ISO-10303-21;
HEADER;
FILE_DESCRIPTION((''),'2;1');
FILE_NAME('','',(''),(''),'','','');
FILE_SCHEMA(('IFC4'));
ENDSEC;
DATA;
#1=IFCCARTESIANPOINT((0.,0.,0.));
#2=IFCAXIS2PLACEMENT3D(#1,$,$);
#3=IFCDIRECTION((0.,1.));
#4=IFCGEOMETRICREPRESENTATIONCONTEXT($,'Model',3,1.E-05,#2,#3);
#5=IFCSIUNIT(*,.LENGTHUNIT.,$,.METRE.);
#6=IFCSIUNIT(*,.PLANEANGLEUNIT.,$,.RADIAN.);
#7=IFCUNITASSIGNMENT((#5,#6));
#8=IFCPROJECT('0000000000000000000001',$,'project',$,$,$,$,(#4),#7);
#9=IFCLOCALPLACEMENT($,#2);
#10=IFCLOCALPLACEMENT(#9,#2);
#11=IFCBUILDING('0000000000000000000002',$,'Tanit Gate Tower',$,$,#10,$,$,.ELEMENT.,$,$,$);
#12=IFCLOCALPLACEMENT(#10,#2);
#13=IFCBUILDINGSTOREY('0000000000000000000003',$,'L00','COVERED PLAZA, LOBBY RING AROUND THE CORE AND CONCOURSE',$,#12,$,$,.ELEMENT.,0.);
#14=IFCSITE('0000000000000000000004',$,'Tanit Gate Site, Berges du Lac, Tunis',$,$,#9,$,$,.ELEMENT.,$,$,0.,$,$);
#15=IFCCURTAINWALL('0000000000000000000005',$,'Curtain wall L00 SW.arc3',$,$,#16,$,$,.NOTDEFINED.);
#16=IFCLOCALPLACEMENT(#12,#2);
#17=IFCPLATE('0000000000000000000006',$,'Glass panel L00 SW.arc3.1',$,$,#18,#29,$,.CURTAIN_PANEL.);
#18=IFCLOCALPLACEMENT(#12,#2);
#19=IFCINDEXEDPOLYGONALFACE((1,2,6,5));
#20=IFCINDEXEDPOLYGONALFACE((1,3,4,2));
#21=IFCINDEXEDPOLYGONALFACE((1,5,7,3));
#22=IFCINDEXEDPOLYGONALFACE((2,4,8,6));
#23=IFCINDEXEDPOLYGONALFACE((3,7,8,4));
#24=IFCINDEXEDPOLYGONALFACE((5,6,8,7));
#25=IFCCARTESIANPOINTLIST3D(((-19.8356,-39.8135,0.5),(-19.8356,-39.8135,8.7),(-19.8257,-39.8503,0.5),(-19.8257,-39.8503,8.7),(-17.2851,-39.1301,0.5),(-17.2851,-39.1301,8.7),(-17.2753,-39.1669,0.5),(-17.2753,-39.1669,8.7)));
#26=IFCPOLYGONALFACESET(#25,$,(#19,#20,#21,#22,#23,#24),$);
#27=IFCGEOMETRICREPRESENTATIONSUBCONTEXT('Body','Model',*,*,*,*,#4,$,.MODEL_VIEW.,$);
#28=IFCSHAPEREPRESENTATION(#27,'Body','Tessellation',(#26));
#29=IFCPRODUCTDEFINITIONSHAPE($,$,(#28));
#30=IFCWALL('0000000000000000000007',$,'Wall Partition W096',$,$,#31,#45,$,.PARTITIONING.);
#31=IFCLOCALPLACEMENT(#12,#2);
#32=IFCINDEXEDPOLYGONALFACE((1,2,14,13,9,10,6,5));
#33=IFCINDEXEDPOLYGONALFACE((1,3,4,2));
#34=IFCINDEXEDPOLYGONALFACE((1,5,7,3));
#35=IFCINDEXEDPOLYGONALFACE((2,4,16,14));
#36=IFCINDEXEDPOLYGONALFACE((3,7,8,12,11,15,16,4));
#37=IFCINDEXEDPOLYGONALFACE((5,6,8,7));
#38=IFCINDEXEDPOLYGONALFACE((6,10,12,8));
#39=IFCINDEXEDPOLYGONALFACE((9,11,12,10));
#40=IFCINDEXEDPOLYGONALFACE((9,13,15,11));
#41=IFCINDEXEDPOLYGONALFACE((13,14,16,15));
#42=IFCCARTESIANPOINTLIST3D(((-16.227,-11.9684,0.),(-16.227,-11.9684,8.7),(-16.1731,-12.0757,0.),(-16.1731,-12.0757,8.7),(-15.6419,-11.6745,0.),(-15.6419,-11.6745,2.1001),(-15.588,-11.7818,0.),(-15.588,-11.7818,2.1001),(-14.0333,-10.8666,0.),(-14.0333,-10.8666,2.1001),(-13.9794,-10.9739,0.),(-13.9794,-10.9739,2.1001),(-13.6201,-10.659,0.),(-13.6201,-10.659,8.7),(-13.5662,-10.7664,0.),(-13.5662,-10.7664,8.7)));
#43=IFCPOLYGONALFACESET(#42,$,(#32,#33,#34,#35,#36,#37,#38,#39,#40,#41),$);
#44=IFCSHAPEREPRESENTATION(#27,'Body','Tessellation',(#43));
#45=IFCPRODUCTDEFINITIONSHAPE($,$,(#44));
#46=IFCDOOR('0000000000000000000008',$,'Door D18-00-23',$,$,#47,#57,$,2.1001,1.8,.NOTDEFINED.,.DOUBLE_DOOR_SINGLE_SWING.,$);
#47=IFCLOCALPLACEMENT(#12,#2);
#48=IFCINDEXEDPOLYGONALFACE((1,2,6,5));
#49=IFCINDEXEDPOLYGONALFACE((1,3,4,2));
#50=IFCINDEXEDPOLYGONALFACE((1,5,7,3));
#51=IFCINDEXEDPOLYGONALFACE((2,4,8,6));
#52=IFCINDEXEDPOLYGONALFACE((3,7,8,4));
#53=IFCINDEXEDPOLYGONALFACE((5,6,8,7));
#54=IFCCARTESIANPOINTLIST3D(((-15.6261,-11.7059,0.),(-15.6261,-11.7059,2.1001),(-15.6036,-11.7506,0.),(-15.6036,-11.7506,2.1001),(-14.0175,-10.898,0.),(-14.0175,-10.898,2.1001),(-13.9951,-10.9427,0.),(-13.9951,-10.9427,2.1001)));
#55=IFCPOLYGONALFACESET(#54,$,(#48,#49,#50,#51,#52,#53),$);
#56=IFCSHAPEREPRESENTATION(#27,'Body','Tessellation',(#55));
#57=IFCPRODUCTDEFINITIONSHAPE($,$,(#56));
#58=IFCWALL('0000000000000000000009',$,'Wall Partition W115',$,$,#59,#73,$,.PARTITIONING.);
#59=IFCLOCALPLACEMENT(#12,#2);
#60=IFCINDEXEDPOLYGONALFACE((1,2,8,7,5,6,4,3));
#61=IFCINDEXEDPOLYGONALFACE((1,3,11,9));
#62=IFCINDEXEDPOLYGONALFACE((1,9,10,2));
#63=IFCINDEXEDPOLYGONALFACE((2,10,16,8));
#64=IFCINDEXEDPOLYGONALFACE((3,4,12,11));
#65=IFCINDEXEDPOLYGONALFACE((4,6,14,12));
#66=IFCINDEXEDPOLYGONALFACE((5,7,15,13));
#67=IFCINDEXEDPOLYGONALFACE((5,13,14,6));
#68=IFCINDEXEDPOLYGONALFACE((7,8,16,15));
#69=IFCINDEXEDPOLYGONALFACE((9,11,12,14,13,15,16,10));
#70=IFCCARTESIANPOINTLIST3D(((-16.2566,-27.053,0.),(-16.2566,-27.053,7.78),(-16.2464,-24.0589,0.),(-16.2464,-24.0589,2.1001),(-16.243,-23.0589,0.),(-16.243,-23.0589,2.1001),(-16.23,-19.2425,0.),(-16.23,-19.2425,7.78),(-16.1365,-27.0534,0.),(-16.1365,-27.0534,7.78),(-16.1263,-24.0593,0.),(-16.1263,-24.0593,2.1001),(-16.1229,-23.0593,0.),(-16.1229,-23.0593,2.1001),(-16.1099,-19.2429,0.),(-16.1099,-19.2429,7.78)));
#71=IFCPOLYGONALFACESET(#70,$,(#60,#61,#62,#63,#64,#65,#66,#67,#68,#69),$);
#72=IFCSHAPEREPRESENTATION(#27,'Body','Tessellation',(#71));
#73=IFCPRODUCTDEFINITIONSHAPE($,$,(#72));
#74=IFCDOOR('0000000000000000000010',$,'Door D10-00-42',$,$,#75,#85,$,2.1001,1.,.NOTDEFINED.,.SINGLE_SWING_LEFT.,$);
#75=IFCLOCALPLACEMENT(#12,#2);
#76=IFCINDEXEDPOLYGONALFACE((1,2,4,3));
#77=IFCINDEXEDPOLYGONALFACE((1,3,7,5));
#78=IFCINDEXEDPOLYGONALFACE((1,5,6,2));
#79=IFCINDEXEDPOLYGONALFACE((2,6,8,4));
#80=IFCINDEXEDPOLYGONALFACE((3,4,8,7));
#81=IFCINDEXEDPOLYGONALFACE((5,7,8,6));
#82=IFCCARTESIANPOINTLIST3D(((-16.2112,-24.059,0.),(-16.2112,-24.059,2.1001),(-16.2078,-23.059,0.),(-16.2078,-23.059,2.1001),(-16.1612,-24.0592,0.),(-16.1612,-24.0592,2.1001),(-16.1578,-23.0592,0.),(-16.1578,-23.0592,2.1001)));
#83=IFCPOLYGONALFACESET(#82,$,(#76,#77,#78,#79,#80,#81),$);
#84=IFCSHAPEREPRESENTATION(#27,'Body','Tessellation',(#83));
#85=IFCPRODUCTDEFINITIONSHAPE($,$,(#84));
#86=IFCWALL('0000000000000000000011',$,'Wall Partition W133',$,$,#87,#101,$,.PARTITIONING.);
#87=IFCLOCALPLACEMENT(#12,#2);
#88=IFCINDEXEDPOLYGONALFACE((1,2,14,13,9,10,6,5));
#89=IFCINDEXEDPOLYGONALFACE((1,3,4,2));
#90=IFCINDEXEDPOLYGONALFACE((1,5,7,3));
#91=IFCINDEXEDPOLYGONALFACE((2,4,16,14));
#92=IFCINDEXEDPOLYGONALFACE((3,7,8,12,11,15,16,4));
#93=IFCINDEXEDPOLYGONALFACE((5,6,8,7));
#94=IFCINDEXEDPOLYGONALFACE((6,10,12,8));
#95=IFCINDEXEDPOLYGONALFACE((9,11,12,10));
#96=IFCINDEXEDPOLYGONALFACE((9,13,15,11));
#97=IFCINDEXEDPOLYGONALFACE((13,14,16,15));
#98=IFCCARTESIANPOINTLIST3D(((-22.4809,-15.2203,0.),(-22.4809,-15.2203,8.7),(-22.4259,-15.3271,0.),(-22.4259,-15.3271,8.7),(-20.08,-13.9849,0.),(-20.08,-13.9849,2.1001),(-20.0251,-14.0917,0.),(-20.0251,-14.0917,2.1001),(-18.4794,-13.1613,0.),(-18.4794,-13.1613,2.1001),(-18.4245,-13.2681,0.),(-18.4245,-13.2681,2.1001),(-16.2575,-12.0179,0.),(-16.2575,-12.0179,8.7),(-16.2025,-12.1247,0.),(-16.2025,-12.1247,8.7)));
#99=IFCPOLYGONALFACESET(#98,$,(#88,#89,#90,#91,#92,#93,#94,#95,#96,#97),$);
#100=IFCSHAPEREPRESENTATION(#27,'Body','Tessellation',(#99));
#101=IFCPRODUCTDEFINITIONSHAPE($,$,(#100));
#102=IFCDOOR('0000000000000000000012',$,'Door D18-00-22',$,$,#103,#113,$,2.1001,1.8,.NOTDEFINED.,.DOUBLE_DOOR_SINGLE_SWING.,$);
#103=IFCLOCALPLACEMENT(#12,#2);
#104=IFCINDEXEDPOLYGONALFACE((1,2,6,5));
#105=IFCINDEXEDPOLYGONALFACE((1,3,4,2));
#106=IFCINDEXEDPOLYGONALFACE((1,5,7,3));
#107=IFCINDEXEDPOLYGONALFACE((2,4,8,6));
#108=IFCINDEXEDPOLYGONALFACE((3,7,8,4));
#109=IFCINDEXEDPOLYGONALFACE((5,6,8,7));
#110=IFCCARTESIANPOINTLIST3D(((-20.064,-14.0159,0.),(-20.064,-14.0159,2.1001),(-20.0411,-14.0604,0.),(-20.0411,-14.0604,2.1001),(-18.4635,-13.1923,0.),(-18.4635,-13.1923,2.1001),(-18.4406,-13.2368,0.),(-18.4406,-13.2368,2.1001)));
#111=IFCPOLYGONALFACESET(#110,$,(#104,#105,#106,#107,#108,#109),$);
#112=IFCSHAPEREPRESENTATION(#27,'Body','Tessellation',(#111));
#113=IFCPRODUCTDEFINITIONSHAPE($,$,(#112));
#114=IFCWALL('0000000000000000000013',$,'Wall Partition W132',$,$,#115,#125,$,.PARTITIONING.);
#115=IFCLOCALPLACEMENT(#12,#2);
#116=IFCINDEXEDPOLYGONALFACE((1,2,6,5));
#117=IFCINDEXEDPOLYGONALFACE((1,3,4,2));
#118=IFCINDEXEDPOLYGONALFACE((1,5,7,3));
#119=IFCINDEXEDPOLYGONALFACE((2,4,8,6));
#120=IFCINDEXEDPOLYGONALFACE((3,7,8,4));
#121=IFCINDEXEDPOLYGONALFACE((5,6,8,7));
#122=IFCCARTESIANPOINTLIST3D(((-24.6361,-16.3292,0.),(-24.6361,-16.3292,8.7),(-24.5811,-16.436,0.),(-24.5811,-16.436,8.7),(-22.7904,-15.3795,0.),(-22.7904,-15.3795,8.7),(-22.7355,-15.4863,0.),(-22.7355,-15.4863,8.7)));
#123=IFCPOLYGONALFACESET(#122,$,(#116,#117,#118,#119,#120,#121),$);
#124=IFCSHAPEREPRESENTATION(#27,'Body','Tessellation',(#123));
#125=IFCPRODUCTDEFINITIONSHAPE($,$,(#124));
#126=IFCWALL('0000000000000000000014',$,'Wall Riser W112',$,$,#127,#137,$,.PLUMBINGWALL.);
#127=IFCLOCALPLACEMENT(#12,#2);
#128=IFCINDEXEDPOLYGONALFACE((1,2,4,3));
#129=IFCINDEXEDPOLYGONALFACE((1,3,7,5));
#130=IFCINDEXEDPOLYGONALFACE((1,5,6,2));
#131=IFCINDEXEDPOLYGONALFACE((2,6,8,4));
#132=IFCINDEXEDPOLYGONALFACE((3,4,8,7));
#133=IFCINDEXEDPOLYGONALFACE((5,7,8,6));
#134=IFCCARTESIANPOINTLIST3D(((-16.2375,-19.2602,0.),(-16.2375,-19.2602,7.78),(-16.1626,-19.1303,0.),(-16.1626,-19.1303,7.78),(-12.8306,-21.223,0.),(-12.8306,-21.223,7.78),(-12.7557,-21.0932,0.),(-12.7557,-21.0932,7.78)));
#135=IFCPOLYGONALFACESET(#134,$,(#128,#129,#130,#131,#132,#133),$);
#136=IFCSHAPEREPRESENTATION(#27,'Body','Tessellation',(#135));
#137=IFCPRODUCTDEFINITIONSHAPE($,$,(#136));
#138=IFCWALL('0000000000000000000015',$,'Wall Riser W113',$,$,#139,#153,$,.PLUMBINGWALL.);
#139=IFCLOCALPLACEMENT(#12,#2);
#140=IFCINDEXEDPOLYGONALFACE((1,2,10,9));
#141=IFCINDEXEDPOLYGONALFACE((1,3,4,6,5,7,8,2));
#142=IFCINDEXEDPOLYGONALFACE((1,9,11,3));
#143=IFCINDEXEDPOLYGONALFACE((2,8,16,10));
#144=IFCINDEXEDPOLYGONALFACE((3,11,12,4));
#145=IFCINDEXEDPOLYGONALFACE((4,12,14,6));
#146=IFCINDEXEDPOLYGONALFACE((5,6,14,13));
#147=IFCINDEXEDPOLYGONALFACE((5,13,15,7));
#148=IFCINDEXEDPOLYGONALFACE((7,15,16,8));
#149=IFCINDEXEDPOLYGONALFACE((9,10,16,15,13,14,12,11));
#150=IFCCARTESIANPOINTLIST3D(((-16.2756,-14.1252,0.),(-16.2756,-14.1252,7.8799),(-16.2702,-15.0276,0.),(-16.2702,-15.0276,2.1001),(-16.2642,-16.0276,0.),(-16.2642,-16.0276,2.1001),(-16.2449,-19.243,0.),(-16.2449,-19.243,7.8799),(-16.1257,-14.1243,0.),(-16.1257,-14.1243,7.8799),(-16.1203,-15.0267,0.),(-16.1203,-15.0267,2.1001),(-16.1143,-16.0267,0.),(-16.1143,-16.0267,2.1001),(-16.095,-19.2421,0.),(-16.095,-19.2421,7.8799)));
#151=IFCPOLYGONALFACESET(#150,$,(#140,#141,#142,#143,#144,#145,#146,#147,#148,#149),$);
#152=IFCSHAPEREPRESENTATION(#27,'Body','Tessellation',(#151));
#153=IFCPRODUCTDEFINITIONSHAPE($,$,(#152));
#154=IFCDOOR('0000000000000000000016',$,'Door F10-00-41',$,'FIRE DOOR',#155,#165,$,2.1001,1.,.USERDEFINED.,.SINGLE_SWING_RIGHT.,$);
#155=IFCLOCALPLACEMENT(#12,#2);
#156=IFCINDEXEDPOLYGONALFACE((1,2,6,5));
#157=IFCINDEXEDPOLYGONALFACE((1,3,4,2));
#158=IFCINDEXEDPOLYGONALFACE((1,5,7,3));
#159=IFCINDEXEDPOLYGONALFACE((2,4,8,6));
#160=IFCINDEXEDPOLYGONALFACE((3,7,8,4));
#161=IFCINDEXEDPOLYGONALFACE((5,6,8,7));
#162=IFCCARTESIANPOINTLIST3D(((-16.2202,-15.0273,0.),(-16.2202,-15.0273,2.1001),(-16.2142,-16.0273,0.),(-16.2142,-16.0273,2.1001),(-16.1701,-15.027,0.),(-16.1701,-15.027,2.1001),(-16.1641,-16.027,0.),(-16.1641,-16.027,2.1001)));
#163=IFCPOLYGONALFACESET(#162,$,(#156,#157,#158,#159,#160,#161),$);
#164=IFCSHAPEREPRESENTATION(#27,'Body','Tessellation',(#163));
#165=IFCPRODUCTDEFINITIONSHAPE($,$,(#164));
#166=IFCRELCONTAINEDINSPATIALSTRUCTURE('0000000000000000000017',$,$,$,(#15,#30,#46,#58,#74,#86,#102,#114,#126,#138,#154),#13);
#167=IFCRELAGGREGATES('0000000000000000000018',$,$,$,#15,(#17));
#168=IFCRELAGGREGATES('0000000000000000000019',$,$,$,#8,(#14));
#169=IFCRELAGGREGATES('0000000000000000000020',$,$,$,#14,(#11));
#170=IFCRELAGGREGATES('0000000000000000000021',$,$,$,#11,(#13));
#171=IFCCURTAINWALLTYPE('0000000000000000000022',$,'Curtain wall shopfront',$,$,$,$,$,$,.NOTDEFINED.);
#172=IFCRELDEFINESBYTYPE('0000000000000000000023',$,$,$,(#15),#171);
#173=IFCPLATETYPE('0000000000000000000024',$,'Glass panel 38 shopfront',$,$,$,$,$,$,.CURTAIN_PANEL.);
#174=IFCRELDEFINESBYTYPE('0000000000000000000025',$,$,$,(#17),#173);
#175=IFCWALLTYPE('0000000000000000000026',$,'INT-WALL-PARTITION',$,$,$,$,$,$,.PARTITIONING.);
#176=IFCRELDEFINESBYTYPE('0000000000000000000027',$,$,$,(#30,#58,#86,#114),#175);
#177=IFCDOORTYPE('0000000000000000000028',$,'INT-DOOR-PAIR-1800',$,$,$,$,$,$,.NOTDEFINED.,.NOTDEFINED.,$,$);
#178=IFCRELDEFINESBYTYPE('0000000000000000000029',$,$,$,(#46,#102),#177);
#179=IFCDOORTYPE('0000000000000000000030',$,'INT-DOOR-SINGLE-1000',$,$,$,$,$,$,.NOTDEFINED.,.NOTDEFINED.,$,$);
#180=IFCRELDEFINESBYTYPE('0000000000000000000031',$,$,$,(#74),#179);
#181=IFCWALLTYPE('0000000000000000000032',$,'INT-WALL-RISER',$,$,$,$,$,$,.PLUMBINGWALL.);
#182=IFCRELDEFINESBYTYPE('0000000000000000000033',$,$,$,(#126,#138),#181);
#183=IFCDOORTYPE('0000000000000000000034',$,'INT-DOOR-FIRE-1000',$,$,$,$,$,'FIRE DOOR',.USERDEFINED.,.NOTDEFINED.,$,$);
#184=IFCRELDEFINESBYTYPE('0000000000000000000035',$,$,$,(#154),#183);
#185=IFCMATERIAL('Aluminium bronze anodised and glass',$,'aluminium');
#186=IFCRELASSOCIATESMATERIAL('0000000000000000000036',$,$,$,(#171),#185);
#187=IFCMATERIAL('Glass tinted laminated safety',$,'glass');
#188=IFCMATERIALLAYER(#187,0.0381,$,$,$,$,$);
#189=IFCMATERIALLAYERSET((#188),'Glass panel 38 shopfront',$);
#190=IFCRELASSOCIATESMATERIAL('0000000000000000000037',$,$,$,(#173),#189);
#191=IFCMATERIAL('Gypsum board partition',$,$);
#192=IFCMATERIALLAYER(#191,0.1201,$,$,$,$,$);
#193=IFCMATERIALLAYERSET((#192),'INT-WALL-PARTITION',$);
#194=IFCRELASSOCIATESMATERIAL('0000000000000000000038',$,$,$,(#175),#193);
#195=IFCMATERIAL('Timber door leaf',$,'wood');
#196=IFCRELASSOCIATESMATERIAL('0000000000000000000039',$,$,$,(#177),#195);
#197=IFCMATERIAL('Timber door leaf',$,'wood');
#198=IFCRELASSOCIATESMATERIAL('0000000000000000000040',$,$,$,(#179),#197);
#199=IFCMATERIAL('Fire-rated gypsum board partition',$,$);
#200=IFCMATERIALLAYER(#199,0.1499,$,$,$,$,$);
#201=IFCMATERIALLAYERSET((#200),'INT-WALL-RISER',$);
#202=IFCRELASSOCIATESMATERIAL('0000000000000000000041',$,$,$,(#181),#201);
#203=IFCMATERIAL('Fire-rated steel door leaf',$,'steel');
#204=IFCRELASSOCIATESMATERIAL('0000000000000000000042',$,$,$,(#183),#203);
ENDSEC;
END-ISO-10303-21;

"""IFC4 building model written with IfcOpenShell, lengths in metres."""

from ifc_helpers import new_model, si_unit, direction, frame, frame_2d, origin, origin_2d, place, context, subcontext, project, spatial, rectangle, extrude, material, layer, layer_set, type_object, element, fill, aggregate, save


model = new_model("IFC4")

# Units and contexts
model_context = context("Model", 3, precision=1e-05, world=origin(), true_north=direction((0.0, 1.0)))
body_context = subcontext(model_context, "Body", "Model", "MODEL_VIEW")
ifc_project = project(units=[si_unit("LENGTHUNIT", "METRE"), si_unit("PLANEANGLEUNIT", "RADIAN")], contexts=[model_context])

# Site, building, storey
site_placement = place(None, origin())
site = spatial("IfcSite", under=ifc_project, at=site_placement, Name="Tanit Gate Site, Berges du Lac, Tunis", CompositionType="ELEMENT", RefElevation=0.0)
building_placement = place(site_placement, origin())
building = spatial("IfcBuilding", under=site, at=building_placement, Name="Tanit Gate Tower", CompositionType="ELEMENT")
storey_placement = place(building_placement, origin())
storey = spatial("IfcBuildingStorey", under=building, at=storey_placement, Name="L00", Description="COVERED PLAZA, LOBBY RING AROUND THE CORE AND CONCOURSE", CompositionType="ELEMENT", Elevation=0.0)

# Shared definitions
ifc_material_1 = material(Name="Aluminium bronze anodised and glass", Category="aluminium")
curtain_wall_type = type_object("IfcCurtainWallType", Name="Curtain wall shopfront", PredefinedType="NOTDEFINED", material=ifc_material_1)

# Curtain wall
curtain_wall_1_placement = place(storey_placement, origin())
curtain_wall_1 = element("IfcCurtainWall", 1, at=curtain_wall_1_placement, inside=storey, type_object=curtain_wall_type, Name="Curtain wall L00 SW.arc3", PredefinedType="NOTDEFINED")

# Plate
ifc_material_2 = material(Name="Glass tinted laminated safety", Category="glass")
ifc_layer_1 = layer(ifc_material_2, 0.0381)
ifc_layer_set_1 = layer_set([ifc_layer_1], Name="Glass panel 38 shopfront")
plate_type = type_object("IfcPlateType", Name="Glass panel 38 shopfront", PredefinedType="CURTAIN_PANEL", material=ifc_layer_set_1)
plate_1_placement = place(storey_placement, frame((-18.5554, -39.4902, 0.5), z_axis=(0.0, 0.0, 1.0), x_axis=(0.965926, 0.258819, 0.0)))
plate_1 = element("IfcPlate", 2, at=plate_1_placement, type_object=plate_type, Name="Glass panel L00 SW.arc3.1", PredefinedType="CURTAIN_PANEL", context=body_context, shape_type="SweptSolid", body=[
    extrude(rectangle(XDim=2.6404, YDim=0.0381, at=origin_2d()), origin(), (0.0, 0.0, 1.0), 8.2),
])
aggregate(curtain_wall_1, [plate_1])

# Walls, openings, doors
ifc_material_3 = material(Name="Gypsum board partition")
ifc_layer_2 = layer(ifc_material_3, 0.1201)
ifc_layer_set_2 = layer_set([ifc_layer_2], Name="INT-WALL-PARTITION")
wall_type_1 = type_object("IfcWallType", Name="INT-WALL-PARTITION", PredefinedType="PARTITIONING", material=ifc_layer_set_2)
wall_1_placement = place(storey_placement, frame((-16.2, -12.022, 0.0), z_axis=(0.0, 0.0, 1.0), x_axis=(0.893622, 0.44882, 0.0)))
wall_1 = element("IfcWall", 3, at=wall_1_placement, inside=storey, type_object=wall_type_1, Name="Wall Partition W096", PredefinedType="PARTITIONING", context=body_context, shape_type="SweptSolid", body=[
    extrude(rectangle(XDim=2.9172, YDim=0.1201, at=frame_2d((1.4585, 0.0))), origin(), (0.0, 0.0, 1.0), 8.7),
])
opening_1_placement = place(wall_1_placement, frame((0.6548, 0.0, 0.0)))
opening_1 = element("IfcOpeningElement", 4, at=opening_1_placement, cuts=wall_1, PredefinedType="OPENING", context=body_context, shape_type="SweptSolid", body=[
    extrude(rectangle(XDim=1.8, YDim=2.1001, at=frame_2d((0.8999, 1.05))), frame((0.0, 0.0701, 0.0), z_axis=(0.0, -1.0, 0.0), x_axis=(1.0, 0.0, 0.0)), (0.0, 0.0, 1.0), 0.1401),
])
ifc_material_4 = material(Name="Timber door leaf", Category="wood")
door_type_1 = type_object("IfcDoorType", Name="INT-DOOR-PAIR-1800", OperationType="NOTDEFINED", PredefinedType="NOTDEFINED", material=ifc_material_4)
door_1_placement = place(opening_1_placement, origin())
door_1 = element("IfcDoor", 5, at=door_1_placement, inside=storey, type_object=door_type_1, Name="Door D18-00-23", OperationType="DOUBLE_DOOR_SINGLE_SWING", OverallHeight=2.1001, OverallWidth=1.8, PredefinedType="NOTDEFINED", context=body_context, shape_type="SweptSolid", body=[
    extrude(rectangle(XDim=1.8, YDim=2.1001, at=frame_2d((0.8999, 1.05))), frame((0.0, 0.0249, 0.0), z_axis=(0.0, -1.0, 0.0), x_axis=(1.0, 0.0, 0.0)), (0.0, 0.0, 1.0), 0.05),
])
fill(opening_1, door_1)
wall_2_placement = place(storey_placement, frame((-16.1965, -27.0532, 0.0), z_axis=(0.0, 0.0, 1.0), x_axis=(0.003407, 0.999994, 0.0)))
wall_2 = element("IfcWall", 6, at=wall_2_placement, inside=storey, type_object=wall_type_1, Name="Wall Partition W115", PredefinedType="PARTITIONING", context=body_context, shape_type="SweptSolid", body=[
    extrude(rectangle(XDim=7.8105, YDim=0.1201, at=frame_2d((3.9053, 0.0))), origin(), (0.0, 0.0, 1.0), 7.78),
])
opening_2_placement = place(wall_2_placement, frame((2.9941, 0.0, 0.0)))
opening_2 = element("IfcOpeningElement", 7, at=opening_2_placement, cuts=wall_2, PredefinedType="OPENING", context=body_context, shape_type="SweptSolid", body=[
    extrude(rectangle(XDim=1.0, YDim=2.1001, at=frame_2d((0.5, 1.05))), frame((0.0, 0.0701, 0.0), z_axis=(0.0, -1.0, 0.0), x_axis=(1.0, 0.0, 0.0)), (0.0, 0.0, 1.0), 0.1401),
])
ifc_material_5 = material(Name="Timber door leaf", Category="wood")
door_type_2 = type_object("IfcDoorType", Name="INT-DOOR-SINGLE-1000", OperationType="NOTDEFINED", PredefinedType="NOTDEFINED", material=ifc_material_5)
door_2_placement = place(opening_2_placement, origin())
door_2 = element("IfcDoor", 8, at=door_2_placement, inside=storey, type_object=door_type_2, Name="Door D10-00-42", OperationType="SINGLE_SWING_LEFT", OverallHeight=2.1001, OverallWidth=1.0, PredefinedType="NOTDEFINED", context=body_context, shape_type="SweptSolid", body=[
    extrude(rectangle(XDim=1.0, YDim=2.1001, at=frame_2d((0.5, 1.05))), frame((0.0, 0.0249, 0.0), z_axis=(0.0, -1.0, 0.0), x_axis=(1.0, 0.0, 0.0)), (0.0, 0.0, 1.0), 0.05),
])
fill(opening_2, door_2)
wall_3_placement = place(storey_placement, frame((-16.23, -12.0713, 0.0), z_axis=(0.0, 0.0, 1.0), x_axis=(-0.889184, -0.457551, 0.0)))
wall_3 = element("IfcWall", 9, at=wall_3_placement, inside=storey, type_object=wall_type_1, Name="Wall Partition W133", PredefinedType="PARTITIONING", context=body_context, shape_type="SweptSolid", body=[
    extrude(rectangle(XDim=6.999, YDim=0.1201, at=frame_2d((3.4995, 0.0))), origin(), (0.0, 0.0, 1.0), 8.7),
])
opening_3_placement = place(wall_3_placement, frame((2.499, 0.0, 0.0)))
opening_3 = element("IfcOpeningElement", 10, at=opening_3_placement, cuts=wall_3, PredefinedType="OPENING", context=body_context, shape_type="SweptSolid", body=[
    extrude(rectangle(XDim=1.8, YDim=2.1001, at=frame_2d((0.8999, 1.05))), frame((0.0, 0.0701, 0.0), z_axis=(0.0, -1.0, 0.0), x_axis=(1.0, 0.0, 0.0)), (0.0, 0.0, 1.0), 0.1401),
])
door_3_placement = place(opening_3_placement, origin())
door_3 = element("IfcDoor", 11, at=door_3_placement, inside=storey, type_object=door_type_1, Name="Door D18-00-22", OperationType="DOUBLE_DOOR_SINGLE_SWING", OverallHeight=2.1001, OverallWidth=1.8, PredefinedType="NOTDEFINED", context=body_context, shape_type="SweptSolid", body=[
    extrude(rectangle(XDim=1.8, YDim=2.1001, at=frame_2d((0.8999, 1.05))), frame((0.0, 0.0249, 0.0), z_axis=(0.0, -1.0, 0.0), x_axis=(1.0, 0.0, 0.0)), (0.0, 0.0, 1.0), 0.05),
])
fill(opening_3, door_3)

# Walls
wall_4_placement = place(storey_placement, frame((-22.7629, -15.4329, 0.0), z_axis=(0.0, 0.0, 1.0), x_axis=(-0.889192, -0.457534, 0.0)))
element("IfcWall", 12, at=wall_4_placement, inside=storey, type_object=wall_type_1, Name="Wall Partition W132", PredefinedType="PARTITIONING", context=body_context, shape_type="SweptSolid", body=[
    extrude(rectangle(XDim=2.0757, YDim=0.1201, at=frame_2d((1.0378, 0.0))), origin(), (0.0, 0.0, 1.0), 8.7),
])
ifc_material_6 = material(Name="Fire-rated gypsum board partition")
ifc_layer_3 = layer(ifc_material_6, 0.1499)
ifc_layer_set_3 = layer_set([ifc_layer_3], Name="INT-WALL-RISER")
wall_type_2 = type_object("IfcWallType", Name="INT-WALL-RISER", PredefinedType="PLUMBINGWALL", material=ifc_layer_set_3)
wall_5_placement = place(storey_placement, frame((-16.2, -19.1953, 0.0), z_axis=(0.0, 0.0, 1.0), x_axis=(0.86648, -0.499212, 0.0)))
element("IfcWall", 13, at=wall_5_placement, inside=storey, type_object=wall_type_2, Name="Wall Riser W112", PredefinedType="PLUMBINGWALL", context=body_context, shape_type="SweptSolid", body=[
    extrude(rectangle(XDim=3.9319, YDim=0.1499, at=frame_2d((1.9658, 0.0))), origin(), (0.0, 0.0, 1.0), 7.78),
])

# Wall, opening, door
wall_6_placement = place(storey_placement, frame((-16.1699, -19.2427, 0.0), z_axis=(0.0, 0.0, 1.0), x_axis=(-0.00601, 0.999982, 0.0)))
wall_6 = element("IfcWall", 14, at=wall_6_placement, inside=storey, type_object=wall_type_2, Name="Wall Riser W113", PredefinedType="PLUMBINGWALL", context=body_context, shape_type="SweptSolid", body=[
    extrude(rectangle(XDim=5.1179, YDim=0.1499, at=frame_2d((2.5591, 0.0))), origin(), (0.0, 0.0, 1.0), 7.8799),
])
opening_4_placement = place(wall_6_placement, frame((3.2156, 0.0, 0.0)))
opening_4 = element("IfcOpeningElement", 15, at=opening_4_placement, cuts=wall_6, PredefinedType="OPENING", context=body_context, shape_type="SweptSolid", body=[
    extrude(rectangle(XDim=1.0, YDim=2.1001, at=frame_2d((0.5, 1.05))), frame((0.0, 0.085, 0.0), z_axis=(0.0, -1.0, 0.0), x_axis=(1.0, 0.0, 0.0)), (0.0, 0.0, 1.0), 0.1699),
])
ifc_material_7 = material(Name="Fire-rated steel door leaf", Category="steel")
door_type_3 = type_object("IfcDoorType", Name="INT-DOOR-FIRE-1000", ElementType="FIRE DOOR", OperationType="NOTDEFINED", PredefinedType="USERDEFINED", material=ifc_material_7)
door_4_placement = place(opening_4_placement, origin())
door_4 = element("IfcDoor", 16, at=door_4_placement, inside=storey, type_object=door_type_3, Name="Door F10-00-41", ObjectType="FIRE DOOR", OperationType="SINGLE_SWING_RIGHT", OverallHeight=2.1001, OverallWidth=1.0, PredefinedType="USERDEFINED", context=body_context, shape_type="SweptSolid", body=[
    extrude(rectangle(XDim=1.0, YDim=2.1001, at=frame_2d((0.5, 1.05))), frame((0.0, 0.0249, 0.0), z_axis=(0.0, -1.0, 0.0), x_axis=(1.0, 0.0, 0.0)), (0.0, 0.0, 1.0), 0.05),
])
fill(opening_4, door_4)

save(model, "model.ifc")
